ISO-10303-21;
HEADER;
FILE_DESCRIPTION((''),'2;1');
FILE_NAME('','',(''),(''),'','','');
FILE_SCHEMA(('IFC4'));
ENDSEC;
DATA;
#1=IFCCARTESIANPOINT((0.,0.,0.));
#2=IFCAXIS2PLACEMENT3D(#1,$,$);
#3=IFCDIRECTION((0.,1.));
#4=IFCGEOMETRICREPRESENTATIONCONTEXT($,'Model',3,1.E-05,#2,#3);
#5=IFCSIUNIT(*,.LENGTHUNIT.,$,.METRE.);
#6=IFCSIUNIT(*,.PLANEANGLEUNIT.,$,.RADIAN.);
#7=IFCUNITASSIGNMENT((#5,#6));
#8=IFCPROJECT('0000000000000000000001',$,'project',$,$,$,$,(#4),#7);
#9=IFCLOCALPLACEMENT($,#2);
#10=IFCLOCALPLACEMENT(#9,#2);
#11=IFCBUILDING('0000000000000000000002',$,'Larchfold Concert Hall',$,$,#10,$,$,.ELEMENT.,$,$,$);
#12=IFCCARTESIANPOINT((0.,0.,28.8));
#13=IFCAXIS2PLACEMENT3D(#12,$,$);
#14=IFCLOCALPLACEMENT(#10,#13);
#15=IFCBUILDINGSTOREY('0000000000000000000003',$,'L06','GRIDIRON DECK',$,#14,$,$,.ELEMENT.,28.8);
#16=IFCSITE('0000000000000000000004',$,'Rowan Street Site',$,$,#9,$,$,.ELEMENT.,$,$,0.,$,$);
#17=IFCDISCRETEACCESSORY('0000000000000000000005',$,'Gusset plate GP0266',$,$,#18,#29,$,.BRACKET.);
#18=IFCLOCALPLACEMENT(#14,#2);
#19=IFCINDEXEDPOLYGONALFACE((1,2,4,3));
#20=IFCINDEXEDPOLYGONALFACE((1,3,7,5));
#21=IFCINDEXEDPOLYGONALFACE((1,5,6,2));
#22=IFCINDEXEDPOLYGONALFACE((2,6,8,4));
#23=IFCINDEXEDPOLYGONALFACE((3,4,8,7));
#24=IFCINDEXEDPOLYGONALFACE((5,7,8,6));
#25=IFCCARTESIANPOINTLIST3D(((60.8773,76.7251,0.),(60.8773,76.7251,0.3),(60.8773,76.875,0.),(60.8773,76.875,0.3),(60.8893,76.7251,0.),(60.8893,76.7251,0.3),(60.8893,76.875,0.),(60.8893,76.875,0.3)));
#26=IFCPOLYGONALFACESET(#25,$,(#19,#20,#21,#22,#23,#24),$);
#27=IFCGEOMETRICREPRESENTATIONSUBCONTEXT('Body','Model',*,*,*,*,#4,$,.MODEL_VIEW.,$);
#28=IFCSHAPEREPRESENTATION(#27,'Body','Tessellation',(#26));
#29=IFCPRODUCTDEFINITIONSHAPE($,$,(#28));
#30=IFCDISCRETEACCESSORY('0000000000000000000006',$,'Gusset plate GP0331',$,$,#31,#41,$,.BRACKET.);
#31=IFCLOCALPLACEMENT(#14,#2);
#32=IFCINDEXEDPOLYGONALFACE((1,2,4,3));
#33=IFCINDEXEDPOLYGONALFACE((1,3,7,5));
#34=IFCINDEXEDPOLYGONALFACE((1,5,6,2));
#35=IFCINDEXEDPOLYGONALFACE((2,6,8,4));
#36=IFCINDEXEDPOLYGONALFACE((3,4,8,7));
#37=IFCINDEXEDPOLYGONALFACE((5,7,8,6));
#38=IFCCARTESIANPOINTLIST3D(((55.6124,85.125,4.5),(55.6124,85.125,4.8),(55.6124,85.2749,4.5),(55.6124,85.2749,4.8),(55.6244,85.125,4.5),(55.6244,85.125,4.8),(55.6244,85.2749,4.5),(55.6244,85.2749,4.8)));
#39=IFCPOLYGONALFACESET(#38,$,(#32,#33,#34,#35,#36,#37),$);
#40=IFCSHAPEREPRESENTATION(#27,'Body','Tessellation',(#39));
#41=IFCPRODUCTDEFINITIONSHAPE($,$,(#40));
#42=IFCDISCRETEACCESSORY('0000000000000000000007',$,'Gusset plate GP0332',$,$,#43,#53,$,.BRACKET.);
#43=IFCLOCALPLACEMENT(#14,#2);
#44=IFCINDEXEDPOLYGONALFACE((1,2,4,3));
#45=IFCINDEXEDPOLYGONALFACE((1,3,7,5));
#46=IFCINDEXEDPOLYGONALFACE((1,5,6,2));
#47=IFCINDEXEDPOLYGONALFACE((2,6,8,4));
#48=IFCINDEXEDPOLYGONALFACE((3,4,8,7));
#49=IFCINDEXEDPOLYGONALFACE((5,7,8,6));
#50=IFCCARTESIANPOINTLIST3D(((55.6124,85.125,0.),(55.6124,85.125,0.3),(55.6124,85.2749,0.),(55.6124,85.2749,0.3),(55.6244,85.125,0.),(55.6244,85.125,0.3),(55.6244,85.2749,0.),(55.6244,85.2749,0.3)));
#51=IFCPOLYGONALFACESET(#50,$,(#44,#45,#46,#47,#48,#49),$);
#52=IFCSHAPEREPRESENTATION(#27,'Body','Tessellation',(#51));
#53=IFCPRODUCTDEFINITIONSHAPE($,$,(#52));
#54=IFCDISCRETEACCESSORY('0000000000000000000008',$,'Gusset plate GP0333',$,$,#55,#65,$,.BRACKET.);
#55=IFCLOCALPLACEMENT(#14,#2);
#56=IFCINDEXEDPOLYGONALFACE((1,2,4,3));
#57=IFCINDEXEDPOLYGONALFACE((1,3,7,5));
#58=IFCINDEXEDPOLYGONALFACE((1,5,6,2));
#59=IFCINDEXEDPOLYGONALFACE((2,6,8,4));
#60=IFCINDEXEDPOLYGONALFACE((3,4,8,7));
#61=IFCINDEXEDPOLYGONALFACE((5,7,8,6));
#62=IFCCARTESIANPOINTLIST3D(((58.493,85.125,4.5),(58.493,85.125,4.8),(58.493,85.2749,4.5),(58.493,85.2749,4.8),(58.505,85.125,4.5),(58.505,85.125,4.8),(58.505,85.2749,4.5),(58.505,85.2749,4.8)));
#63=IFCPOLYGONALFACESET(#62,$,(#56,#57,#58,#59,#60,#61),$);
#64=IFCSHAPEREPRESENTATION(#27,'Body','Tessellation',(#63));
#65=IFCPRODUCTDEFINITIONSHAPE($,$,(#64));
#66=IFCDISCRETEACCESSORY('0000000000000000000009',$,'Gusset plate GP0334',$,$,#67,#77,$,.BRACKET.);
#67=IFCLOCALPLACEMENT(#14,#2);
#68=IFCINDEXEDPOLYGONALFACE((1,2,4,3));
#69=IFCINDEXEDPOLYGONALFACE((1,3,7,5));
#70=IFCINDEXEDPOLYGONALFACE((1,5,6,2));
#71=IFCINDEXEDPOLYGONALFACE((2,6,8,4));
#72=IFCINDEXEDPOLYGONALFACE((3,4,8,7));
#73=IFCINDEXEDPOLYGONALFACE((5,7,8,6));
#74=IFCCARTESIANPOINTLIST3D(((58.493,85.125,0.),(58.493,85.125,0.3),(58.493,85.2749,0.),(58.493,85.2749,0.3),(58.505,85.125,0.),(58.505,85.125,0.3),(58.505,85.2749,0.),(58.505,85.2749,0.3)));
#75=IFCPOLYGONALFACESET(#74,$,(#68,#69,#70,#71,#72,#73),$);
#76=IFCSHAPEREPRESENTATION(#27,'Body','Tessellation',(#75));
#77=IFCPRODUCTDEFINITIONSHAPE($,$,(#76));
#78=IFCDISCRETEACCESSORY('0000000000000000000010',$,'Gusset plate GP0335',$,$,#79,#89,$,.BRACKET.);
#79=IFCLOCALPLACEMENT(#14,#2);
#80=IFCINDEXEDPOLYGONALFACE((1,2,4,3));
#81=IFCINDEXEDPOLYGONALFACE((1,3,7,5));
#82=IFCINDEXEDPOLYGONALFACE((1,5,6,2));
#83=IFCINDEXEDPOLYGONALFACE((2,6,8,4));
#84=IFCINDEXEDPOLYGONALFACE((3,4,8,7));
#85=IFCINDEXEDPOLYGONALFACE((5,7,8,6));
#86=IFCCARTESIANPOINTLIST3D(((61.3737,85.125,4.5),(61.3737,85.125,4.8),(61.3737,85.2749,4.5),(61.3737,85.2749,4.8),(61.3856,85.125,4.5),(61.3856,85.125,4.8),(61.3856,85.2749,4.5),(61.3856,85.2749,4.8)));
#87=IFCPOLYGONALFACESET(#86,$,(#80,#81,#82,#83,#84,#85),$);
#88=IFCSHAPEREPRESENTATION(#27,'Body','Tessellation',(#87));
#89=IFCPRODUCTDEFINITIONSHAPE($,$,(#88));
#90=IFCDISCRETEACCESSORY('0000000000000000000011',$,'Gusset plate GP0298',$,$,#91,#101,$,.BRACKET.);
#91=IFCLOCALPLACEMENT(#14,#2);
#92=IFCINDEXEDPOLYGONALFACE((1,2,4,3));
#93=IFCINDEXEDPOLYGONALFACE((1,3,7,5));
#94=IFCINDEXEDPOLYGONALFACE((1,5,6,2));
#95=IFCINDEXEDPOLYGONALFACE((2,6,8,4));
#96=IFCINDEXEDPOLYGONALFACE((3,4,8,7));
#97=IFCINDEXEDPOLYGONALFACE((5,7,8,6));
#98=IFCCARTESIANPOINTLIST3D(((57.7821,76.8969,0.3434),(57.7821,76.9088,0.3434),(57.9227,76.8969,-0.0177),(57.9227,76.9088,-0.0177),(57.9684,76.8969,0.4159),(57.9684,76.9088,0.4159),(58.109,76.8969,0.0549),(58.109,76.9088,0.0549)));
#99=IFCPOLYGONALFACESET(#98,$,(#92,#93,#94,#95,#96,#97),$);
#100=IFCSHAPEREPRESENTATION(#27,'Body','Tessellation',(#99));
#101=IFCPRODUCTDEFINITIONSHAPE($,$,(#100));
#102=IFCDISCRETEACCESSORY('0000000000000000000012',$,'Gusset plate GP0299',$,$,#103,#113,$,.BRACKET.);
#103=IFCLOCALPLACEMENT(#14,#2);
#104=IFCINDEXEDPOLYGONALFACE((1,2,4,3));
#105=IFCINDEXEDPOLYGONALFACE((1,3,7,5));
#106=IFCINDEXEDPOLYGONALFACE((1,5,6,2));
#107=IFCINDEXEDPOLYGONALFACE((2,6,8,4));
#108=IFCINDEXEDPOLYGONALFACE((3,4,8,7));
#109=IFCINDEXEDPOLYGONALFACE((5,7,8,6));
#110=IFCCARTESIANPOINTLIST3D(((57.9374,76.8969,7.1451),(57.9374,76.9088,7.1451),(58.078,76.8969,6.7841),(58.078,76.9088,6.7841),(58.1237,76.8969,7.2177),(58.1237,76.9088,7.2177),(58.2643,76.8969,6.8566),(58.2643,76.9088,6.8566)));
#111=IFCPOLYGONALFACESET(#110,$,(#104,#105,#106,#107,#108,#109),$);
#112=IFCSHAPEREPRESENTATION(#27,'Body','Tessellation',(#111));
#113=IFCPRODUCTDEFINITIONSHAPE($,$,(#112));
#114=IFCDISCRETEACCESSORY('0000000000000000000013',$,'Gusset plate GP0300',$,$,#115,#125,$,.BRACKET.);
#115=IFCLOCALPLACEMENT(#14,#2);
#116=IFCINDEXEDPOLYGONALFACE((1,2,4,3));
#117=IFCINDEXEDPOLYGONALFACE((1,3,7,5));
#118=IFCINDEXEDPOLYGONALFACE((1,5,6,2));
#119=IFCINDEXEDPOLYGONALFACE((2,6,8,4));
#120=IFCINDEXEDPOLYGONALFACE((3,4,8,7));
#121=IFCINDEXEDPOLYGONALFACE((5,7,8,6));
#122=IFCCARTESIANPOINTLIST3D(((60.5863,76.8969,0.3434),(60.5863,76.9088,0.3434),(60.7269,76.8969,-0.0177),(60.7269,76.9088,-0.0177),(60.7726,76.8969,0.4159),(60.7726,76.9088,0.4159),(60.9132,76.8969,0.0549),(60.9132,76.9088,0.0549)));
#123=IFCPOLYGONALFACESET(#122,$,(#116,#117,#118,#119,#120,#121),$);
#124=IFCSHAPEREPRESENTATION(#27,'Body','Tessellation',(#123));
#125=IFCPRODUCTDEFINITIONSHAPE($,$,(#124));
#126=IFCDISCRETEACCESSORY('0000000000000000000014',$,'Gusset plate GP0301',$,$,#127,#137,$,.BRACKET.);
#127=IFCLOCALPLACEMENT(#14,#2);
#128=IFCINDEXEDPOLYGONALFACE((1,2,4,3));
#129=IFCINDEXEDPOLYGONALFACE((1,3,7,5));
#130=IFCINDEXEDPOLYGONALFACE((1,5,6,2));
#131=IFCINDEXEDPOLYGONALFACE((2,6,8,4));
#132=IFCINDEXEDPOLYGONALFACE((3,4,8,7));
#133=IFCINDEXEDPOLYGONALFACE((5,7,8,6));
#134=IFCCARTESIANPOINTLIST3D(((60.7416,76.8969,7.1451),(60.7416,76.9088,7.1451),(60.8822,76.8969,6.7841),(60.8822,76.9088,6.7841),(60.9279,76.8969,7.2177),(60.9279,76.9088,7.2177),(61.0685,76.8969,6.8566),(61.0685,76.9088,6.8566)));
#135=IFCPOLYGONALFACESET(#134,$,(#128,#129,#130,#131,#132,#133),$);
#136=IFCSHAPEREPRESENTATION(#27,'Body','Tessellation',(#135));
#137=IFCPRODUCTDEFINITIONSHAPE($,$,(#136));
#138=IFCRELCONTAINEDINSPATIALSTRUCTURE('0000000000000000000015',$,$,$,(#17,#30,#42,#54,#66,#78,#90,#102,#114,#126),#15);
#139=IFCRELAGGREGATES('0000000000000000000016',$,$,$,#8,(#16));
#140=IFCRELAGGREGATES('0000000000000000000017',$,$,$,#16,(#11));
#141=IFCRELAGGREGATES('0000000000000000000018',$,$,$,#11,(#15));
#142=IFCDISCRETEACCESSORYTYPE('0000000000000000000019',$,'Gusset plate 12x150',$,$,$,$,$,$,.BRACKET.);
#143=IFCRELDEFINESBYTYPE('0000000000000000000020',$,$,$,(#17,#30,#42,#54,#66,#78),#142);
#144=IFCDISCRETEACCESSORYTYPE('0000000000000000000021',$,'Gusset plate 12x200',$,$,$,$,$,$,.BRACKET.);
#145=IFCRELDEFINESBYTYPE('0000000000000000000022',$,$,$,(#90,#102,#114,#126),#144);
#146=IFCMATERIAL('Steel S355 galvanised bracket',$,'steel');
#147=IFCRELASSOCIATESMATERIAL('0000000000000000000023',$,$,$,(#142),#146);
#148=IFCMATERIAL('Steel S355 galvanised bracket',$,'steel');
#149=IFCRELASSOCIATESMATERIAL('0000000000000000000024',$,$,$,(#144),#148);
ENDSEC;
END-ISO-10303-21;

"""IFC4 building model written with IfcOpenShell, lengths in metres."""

from ifc_helpers import new_model, si_unit, direction, frame, origin, origin_2d, place, context, subcontext, project, spatial, rectangle, extrude, material, material_profile, profile_set, type_object, element, save


model = new_model("IFC4")

# Units and contexts
model_context = context("Model", 3, precision=1e-05, world=origin(), true_north=direction((0.0, 1.0)))
body_context = subcontext(model_context, "Body", "Model", "MODEL_VIEW")
ifc_project = project(units=[si_unit("LENGTHUNIT", "METRE"), si_unit("PLANEANGLEUNIT", "RADIAN")], contexts=[model_context])

# Site, building, storey
site_placement = place(None, origin())
site = spatial("IfcSite", under=ifc_project, at=site_placement, Name="Rowan Street Site", CompositionType="ELEMENT", RefElevation=0.0)
building_placement = place(site_placement, origin())
building = spatial("IfcBuilding", under=site, at=building_placement, Name="Larchfold Concert Hall", CompositionType="ELEMENT")
storey_placement = place(building_placement, frame((0.0, 0.0, 28.8)))
storey = spatial("IfcBuildingStorey", under=building, at=storey_placement, Name="L06", Description="GRIDIRON DECK", CompositionType="ELEMENT", Elevation=28.8)

# Discrete accessories
ifc_material_1 = material(Name="Steel S355 galvanised bracket", Category="steel")
ifc_material_profile_1 = material_profile(ifc_material_1, rectangle(XDim=0.012, YDim=0.1499, at=origin_2d()))
ifc_profile_set_1 = profile_set([ifc_material_profile_1], Name="Steel S355 galvanised bracket")
discrete_accessory_type_1 = type_object("IfcDiscreteAccessoryType", Name="Gusset plate 12x150", PredefinedType="BRACKET", material=ifc_profile_set_1)
for number, where, z_axis, x_axis, name in (
    (1, (60.8833, 76.8, 0.3), (0.0, 0.0, -1.0), (1.0, 0.0, 0.0), "Gusset plate GP0266"),
    (2, (55.6184, 85.2, 4.8), (0.0, 0.0, -1.0), (1.0, 0.0, 0.0), "Gusset plate GP0331"),
    (3, (55.6184, 85.2, 0.3), (0.0, 0.0, -1.0), (1.0, 0.0, 0.0), "Gusset plate GP0332"),
    (4, (58.499, 85.2, 4.8), (0.0, 0.0, -1.0), (1.0, 0.0, 0.0), "Gusset plate GP0333"),
    (5, (58.499, 85.2, 0.3), (0.0, 0.0, -1.0), (1.0, 0.0, 0.0), "Gusset plate GP0334"),
    (6, (61.3796, 85.2, 4.8), (0.0, 0.0, -1.0), (1.0, 0.0, 0.0), "Gusset plate GP0335"),
):
    element("IfcDiscreteAccessory", number, at=place(storey_placement, frame(where, z_axis=z_axis, x_axis=x_axis)), inside=storey, type_object=discrete_accessory_type_1, Name=name, PredefinedType="BRACKET", context=body_context, shape_type="SweptSolid", body=[
        extrude(rectangle(XDim=0.012, YDim=0.1499, at=origin_2d()), origin(), (0.0, 0.0, 1.0), 0.3),
    ])
ifc_material_2 = material(Name="Steel S355 galvanised bracket", Category="steel")
ifc_material_profile_2 = material_profile(ifc_material_2, rectangle(XDim=0.012, YDim=0.2, at=origin_2d()))
ifc_profile_set_2 = profile_set([ifc_material_profile_2], Name="Steel S355 galvanised bracket")
discrete_accessory_type_2 = type_object("IfcDiscreteAccessoryType", Name="Gusset plate 12x200", PredefinedType="BRACKET", material=ifc_profile_set_2)
for number, where, z_axis, x_axis, name in (
    (7, (57.8752, 76.9028, 0.3796), (0.362902, 0.0, -0.931827), (0.0, 1.0, 0.0), "Gusset plate GP0298"),
    (8, (58.0305, 76.9028, 7.1814), (0.362902, 0.0, -0.931827), (0.0, 1.0, 0.0), "Gusset plate GP0299"),
    (9, (60.6794, 76.9028, 0.3796), (0.362902, 0.0, -0.931827), (0.0, 1.0, 0.0), "Gusset plate GP0300"),
    (10, (60.8347, 76.9028, 7.1814), (0.362902, 0.0, -0.931827), (0.0, 1.0, 0.0), "Gusset plate GP0301"),
):
    element("IfcDiscreteAccessory", number, at=place(storey_placement, frame(where, z_axis=z_axis, x_axis=x_axis)), inside=storey, type_object=discrete_accessory_type_2, Name=name, PredefinedType="BRACKET", context=body_context, shape_type="SweptSolid", body=[
        extrude(rectangle(XDim=0.012, YDim=0.2, at=origin_2d()), origin(), (0.0, 0.0, 1.0), 0.3875),
    ])

save(model, "model.ifc")
